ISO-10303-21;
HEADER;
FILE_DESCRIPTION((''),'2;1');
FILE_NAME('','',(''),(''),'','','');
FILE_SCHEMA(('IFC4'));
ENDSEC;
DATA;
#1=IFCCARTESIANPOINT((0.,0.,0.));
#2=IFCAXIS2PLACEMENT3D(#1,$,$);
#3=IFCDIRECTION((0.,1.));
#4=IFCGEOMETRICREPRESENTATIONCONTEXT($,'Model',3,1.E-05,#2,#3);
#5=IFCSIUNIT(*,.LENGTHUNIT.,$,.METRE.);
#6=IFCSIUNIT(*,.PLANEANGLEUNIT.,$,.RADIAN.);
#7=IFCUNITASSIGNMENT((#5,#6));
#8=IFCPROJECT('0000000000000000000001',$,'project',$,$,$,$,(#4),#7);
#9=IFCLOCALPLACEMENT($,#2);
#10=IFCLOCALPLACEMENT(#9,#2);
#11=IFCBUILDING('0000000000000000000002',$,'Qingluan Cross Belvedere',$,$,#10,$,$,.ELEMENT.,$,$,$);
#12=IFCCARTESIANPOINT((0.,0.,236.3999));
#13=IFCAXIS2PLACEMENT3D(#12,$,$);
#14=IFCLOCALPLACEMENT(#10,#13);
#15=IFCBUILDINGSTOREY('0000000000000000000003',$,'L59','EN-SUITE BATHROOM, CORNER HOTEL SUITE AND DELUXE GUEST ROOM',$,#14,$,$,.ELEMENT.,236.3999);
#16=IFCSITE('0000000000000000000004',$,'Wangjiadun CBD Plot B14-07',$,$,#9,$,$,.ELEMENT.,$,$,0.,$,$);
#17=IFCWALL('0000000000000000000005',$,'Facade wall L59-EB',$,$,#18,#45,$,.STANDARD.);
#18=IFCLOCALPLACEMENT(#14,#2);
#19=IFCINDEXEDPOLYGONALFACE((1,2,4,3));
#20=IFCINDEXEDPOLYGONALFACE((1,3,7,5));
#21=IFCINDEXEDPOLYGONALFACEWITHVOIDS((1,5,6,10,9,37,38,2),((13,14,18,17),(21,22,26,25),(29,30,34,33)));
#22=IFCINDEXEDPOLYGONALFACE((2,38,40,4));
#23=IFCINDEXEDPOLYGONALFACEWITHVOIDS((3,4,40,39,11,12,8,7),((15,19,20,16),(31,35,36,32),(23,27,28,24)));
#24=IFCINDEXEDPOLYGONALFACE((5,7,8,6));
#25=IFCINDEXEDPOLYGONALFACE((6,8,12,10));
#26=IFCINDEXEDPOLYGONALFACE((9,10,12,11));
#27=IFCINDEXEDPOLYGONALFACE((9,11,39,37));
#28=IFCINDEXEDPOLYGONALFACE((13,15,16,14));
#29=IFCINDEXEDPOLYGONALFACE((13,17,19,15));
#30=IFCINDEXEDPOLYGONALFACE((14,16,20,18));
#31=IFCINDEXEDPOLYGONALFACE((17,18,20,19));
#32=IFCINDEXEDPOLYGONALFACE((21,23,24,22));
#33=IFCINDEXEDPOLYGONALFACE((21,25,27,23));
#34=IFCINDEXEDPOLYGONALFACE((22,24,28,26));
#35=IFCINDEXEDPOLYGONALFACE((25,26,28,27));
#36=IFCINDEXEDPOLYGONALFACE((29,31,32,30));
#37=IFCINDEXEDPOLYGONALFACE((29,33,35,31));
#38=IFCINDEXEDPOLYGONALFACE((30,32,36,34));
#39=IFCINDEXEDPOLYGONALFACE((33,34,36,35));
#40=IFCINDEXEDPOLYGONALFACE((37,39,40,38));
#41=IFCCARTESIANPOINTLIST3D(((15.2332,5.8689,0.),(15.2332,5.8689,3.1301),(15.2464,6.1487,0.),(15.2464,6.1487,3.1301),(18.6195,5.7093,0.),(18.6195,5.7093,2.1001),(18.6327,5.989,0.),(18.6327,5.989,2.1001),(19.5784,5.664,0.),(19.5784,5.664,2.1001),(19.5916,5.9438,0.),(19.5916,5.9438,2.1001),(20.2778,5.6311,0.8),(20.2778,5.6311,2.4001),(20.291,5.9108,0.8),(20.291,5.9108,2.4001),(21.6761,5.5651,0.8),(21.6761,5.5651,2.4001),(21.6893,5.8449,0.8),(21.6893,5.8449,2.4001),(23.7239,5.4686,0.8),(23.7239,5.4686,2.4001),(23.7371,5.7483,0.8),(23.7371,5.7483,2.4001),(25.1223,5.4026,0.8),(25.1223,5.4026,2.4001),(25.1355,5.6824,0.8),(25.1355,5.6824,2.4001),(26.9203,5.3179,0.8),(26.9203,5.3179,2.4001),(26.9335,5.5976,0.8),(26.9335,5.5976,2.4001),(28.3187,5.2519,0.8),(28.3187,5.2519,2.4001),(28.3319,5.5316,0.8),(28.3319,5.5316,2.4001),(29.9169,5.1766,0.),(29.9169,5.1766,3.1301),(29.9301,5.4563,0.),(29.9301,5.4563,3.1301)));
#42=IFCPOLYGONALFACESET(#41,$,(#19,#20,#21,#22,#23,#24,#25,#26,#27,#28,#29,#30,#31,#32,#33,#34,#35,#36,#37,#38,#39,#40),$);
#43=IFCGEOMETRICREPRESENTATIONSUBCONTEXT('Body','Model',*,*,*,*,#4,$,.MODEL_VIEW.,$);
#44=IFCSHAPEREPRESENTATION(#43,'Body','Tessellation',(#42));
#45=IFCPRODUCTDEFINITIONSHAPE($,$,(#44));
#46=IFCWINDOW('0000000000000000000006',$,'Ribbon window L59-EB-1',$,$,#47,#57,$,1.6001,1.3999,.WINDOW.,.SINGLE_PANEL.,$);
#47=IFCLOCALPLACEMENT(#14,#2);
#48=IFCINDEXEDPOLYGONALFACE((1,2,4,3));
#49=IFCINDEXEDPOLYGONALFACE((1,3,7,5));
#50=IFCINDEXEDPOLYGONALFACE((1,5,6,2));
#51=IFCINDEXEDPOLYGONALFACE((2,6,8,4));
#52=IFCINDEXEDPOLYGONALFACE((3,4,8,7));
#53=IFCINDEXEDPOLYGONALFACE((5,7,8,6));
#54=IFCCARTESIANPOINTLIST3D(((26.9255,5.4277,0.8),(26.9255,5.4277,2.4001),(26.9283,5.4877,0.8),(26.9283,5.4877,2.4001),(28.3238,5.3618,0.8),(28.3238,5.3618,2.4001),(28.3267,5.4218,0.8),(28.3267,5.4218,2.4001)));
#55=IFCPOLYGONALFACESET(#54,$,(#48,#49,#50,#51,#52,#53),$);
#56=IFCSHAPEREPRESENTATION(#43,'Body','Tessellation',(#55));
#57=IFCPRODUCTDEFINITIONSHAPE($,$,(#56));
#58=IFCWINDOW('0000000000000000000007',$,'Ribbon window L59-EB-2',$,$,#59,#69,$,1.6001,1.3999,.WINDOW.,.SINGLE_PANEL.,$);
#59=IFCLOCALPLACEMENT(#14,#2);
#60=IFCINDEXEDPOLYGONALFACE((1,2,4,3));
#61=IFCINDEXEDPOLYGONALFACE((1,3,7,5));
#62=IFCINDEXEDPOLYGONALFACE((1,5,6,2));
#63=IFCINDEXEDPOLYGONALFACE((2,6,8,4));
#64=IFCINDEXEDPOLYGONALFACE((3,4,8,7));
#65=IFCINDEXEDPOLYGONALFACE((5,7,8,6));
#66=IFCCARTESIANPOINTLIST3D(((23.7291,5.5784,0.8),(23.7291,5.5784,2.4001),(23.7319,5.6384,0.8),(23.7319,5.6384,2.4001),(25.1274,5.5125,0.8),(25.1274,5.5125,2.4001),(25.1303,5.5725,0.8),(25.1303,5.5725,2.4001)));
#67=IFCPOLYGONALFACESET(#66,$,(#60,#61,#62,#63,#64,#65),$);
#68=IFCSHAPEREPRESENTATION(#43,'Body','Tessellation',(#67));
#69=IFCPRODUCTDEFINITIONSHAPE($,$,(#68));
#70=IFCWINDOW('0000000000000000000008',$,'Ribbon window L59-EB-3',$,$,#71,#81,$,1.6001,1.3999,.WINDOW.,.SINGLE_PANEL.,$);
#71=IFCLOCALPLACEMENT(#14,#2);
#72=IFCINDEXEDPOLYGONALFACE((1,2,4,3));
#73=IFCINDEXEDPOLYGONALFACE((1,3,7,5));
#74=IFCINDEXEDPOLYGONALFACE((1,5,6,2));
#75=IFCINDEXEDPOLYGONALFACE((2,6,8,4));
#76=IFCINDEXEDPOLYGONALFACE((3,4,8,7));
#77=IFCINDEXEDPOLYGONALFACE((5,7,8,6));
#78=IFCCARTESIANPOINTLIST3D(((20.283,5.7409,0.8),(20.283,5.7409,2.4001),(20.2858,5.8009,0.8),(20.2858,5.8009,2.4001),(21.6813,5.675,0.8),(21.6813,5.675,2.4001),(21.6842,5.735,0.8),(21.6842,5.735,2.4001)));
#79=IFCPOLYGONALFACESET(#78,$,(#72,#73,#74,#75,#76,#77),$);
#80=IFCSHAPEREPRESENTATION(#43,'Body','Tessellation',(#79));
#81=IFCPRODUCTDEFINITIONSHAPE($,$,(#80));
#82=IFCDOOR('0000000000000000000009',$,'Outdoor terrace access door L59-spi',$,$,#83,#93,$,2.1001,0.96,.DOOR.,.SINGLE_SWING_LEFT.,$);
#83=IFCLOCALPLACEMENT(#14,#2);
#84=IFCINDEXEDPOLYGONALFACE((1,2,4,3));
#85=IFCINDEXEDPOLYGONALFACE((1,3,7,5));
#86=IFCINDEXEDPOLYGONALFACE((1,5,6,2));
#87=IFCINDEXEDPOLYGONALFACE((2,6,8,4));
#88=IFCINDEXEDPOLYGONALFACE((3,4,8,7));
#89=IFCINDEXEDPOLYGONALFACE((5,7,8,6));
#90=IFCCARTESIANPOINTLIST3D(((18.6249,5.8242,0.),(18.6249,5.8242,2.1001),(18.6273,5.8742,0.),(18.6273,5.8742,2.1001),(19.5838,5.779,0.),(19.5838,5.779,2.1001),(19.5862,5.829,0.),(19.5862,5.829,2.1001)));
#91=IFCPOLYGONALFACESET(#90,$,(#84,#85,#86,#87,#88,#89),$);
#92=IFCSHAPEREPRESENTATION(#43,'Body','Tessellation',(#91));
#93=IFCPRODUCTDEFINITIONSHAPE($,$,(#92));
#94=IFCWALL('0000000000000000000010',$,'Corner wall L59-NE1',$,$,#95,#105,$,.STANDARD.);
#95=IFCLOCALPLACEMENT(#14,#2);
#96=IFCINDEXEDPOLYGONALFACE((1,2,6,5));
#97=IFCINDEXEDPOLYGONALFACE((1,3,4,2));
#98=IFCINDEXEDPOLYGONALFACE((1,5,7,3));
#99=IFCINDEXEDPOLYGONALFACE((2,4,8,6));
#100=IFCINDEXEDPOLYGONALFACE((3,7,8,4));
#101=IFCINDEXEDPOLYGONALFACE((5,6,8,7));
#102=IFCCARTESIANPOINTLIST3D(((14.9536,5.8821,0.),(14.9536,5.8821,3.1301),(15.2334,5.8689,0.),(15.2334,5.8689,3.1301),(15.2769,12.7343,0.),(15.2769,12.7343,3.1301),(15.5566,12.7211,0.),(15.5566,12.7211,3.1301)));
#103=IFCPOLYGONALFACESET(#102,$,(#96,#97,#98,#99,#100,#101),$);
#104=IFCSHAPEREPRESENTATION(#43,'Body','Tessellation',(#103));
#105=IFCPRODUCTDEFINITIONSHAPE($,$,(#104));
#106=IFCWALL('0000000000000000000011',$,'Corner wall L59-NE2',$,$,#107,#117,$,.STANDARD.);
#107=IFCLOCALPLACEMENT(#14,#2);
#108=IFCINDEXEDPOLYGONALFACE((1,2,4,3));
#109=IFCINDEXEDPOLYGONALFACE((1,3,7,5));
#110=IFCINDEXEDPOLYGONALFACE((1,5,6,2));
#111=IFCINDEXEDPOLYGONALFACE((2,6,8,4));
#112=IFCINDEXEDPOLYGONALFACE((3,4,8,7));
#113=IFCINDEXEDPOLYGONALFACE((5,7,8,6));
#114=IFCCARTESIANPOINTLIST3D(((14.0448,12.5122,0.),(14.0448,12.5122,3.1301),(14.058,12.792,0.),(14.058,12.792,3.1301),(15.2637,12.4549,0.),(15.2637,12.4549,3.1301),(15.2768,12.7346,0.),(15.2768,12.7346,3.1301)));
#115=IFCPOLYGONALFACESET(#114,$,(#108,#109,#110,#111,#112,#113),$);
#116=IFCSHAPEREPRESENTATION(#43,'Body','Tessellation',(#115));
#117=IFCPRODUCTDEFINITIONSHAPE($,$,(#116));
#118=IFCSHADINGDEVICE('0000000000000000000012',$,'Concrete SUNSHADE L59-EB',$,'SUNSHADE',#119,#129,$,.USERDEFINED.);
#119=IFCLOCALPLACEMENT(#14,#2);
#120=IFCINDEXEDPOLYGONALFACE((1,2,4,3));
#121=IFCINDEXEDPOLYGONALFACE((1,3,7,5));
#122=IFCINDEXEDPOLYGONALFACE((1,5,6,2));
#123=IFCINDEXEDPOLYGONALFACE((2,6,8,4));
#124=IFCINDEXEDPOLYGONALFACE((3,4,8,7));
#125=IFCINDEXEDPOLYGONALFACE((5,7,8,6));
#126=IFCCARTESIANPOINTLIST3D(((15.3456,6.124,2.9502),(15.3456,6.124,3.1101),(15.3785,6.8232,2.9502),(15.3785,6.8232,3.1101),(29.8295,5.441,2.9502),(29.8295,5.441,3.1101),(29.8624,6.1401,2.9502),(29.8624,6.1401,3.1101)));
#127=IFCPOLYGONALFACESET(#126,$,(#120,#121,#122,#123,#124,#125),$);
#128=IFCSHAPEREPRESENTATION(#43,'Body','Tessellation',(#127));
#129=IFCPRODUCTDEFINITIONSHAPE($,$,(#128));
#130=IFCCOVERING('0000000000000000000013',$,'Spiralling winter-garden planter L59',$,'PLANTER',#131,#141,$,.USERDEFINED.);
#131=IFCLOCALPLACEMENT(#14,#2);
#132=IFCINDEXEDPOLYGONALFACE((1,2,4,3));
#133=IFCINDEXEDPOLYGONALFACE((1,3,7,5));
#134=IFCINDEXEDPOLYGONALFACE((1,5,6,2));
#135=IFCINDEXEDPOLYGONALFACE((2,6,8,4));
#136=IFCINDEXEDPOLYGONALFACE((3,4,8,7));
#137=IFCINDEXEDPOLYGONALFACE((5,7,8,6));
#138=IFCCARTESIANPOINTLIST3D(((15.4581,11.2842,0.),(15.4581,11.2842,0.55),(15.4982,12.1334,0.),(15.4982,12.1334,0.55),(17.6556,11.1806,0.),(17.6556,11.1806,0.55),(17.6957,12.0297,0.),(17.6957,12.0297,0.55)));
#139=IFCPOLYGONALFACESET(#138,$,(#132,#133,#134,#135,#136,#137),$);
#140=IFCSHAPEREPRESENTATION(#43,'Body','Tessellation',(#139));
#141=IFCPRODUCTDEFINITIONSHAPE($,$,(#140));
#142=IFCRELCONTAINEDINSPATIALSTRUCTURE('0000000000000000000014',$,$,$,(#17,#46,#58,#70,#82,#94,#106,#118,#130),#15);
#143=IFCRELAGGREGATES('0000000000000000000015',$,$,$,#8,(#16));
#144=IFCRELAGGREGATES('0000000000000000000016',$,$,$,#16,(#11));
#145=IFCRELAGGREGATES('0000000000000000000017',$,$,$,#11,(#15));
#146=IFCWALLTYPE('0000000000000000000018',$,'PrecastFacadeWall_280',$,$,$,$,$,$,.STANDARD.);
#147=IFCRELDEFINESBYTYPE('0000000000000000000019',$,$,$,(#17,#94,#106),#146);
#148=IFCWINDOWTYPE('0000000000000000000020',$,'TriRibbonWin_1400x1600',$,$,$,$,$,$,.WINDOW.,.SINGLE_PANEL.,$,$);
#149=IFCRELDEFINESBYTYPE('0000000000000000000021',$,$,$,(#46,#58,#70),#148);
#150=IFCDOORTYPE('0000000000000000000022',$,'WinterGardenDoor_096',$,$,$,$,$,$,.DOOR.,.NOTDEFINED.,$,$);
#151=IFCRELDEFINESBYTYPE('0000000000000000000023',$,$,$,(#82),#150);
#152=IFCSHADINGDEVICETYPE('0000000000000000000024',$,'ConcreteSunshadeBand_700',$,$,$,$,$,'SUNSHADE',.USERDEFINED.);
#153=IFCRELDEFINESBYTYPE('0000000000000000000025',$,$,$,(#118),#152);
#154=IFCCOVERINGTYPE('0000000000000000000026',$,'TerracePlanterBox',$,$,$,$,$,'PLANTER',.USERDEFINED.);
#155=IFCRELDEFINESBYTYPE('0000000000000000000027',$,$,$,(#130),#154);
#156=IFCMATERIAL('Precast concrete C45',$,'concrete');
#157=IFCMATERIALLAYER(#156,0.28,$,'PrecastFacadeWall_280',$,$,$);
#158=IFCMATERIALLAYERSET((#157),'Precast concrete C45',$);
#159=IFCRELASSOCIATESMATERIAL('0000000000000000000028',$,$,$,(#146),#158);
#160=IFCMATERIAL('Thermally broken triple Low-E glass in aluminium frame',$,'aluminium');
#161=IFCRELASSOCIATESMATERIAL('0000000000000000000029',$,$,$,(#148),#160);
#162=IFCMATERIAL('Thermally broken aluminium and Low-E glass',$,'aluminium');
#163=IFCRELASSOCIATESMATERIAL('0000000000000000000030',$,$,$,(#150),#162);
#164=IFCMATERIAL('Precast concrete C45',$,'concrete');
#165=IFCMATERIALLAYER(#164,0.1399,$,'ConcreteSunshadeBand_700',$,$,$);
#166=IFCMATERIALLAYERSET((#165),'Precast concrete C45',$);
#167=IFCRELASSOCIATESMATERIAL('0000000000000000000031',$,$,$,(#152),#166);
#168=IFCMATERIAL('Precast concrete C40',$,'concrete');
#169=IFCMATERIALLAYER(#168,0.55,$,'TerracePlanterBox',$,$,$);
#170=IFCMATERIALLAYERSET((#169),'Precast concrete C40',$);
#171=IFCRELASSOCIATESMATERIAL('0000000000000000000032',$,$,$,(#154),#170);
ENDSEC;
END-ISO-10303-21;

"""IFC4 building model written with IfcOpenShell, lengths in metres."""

from ifc_helpers import new_model, si_unit, direction, frame, frame_2d, origin, origin_2d, place, context, subcontext, project, spatial, rectangle, extrude, material, layer, layer_set, type_object, element, fill, save


model = new_model("IFC4")

# Units and contexts
model_context = context("Model", 3, precision=1e-05, world=origin(), true_north=direction((0.0, 1.0)))
body_context = subcontext(model_context, "Body", "Model", "MODEL_VIEW")
ifc_project = project(units=[si_unit("LENGTHUNIT", "METRE"), si_unit("PLANEANGLEUNIT", "RADIAN")], contexts=[model_context])

# Site, building, storey
site_placement = place(None, origin())
site = spatial("IfcSite", under=ifc_project, at=site_placement, Name="Wangjiadun CBD Plot B14-07", CompositionType="ELEMENT", RefElevation=0.0)
building_placement = place(site_placement, origin())
building = spatial("IfcBuilding", under=site, at=building_placement, Name="Qingluan Cross Belvedere", CompositionType="ELEMENT")
storey_placement = place(building_placement, frame((0.0, 0.0, 236.3999)))
storey = spatial("IfcBuildingStorey", under=building, at=storey_placement, Name="L59", Description="EN-SUITE BATHROOM, CORNER HOTEL SUITE AND DELUXE GUEST ROOM", CompositionType="ELEMENT", Elevation=236.3999)

# Wall, openings, windows, door
ifc_material_1 = material(Name="Precast concrete C45", Category="concrete")
ifc_layer_1 = layer(ifc_material_1, 0.28, Name="PrecastFacadeWall_280")
ifc_layer_set_1 = layer_set([ifc_layer_1], Name="Precast concrete C45")
wall_type_1 = type_object("IfcWallType", Name="PrecastFacadeWall_280", PredefinedType="STANDARD", material=ifc_layer_set_1)
wall_1_placement = place(storey_placement, frame((29.9236, 5.3164, 0.0), z_axis=(0.0, 0.0, 1.0), x_axis=(-0.99889, 0.047101, 0.0)))
wall_1 = element("IfcWall", 1, at=wall_1_placement, inside=storey, type_object=wall_type_1, Name="Facade wall L59-EB", PredefinedType="STANDARD", context=body_context, shape_type="SweptSolid", body=[
    extrude(rectangle(XDim=14.7, YDim=0.28, at=frame_2d((7.3501, 0.0))), origin(), (0.0, 0.0, 1.0), 3.1301),
])
opening_1_placement = place(wall_1_placement, frame((1.6001, 0.0, 0.8)))
opening_1 = element("IfcOpeningElement", 2, at=opening_1_placement, cuts=wall_1, PredefinedType="OPENING", context=body_context, shape_type="SweptSolid", body=[
    extrude(rectangle(XDim=1.3999, YDim=1.6001, at=frame_2d((0.7, 0.8))), frame((0.0, 0.1499, 0.0), z_axis=(0.0, -1.0, 0.0), x_axis=(1.0, 0.0, 0.0)), (0.0, 0.0, 1.0), 0.3),
])
opening_2_placement = place(wall_1_placement, frame((4.8, 0.0, 0.8)))
opening_2 = element("IfcOpeningElement", 3, at=opening_2_placement, cuts=wall_1, PredefinedType="OPENING", context=body_context, shape_type="SweptSolid", body=[
    extrude(rectangle(XDim=1.3999, YDim=1.6001, at=frame_2d((0.7, 0.8))), frame((0.0, 0.1499, 0.0), z_axis=(0.0, -1.0, 0.0), x_axis=(1.0, 0.0, 0.0)), (0.0, 0.0, 1.0), 0.3),
])
opening_3_placement = place(wall_1_placement, frame((8.25, 0.0, 0.8)))
opening_3 = element("IfcOpeningElement", 4, at=opening_3_placement, cuts=wall_1, PredefinedType="OPENING", context=body_context, shape_type="SweptSolid", body=[
    extrude(rectangle(XDim=1.3999, YDim=1.6001, at=frame_2d((0.7, 0.8))), frame((0.0, 0.1499, 0.0), z_axis=(0.0, -1.0, 0.0), x_axis=(1.0, 0.0, 0.0)), (0.0, 0.0, 1.0), 0.3),
])
opening_4_placement = place(wall_1_placement, frame((10.3501, 0.0, 0.0)))
opening_4 = element("IfcOpeningElement", 5, at=opening_4_placement, cuts=wall_1, PredefinedType="OPENING", context=body_context, shape_type="SweptSolid", body=[
    extrude(rectangle(XDim=0.96, YDim=2.1001, at=frame_2d((0.48, 1.05))), frame((0.0, 0.1499, 0.0), z_axis=(0.0, -1.0, 0.0), x_axis=(1.0, 0.0, 0.0)), (0.0, 0.0, 1.0), 0.3),
])
ifc_material_2 = material(Name="Thermally broken triple Low-E glass in aluminium frame", Category="aluminium")
window_type = type_object("IfcWindowType", Name="TriRibbonWin_1400x1600", PartitioningType="SINGLE_PANEL", PredefinedType="WINDOW", material=ifc_material_2)
window_1_placement = place(opening_1_placement, origin())
window_1 = element("IfcWindow", 6, at=window_1_placement, inside=storey, type_object=window_type, Name="Ribbon window L59-EB-1", OverallHeight=1.6001, OverallWidth=1.3999, PartitioningType="SINGLE_PANEL", PredefinedType="WINDOW", context=body_context, shape_type="SweptSolid", body=[
    extrude(rectangle(XDim=1.3999, YDim=1.6001, at=frame_2d((0.7, 0.8))), frame((0.0, 0.03, 0.0), z_axis=(0.0, -1.0, 0.0), x_axis=(1.0, 0.0, 0.0)), (0.0, 0.0, 1.0), 0.0601),
])
fill(opening_1, window_1)
window_2_placement = place(opening_2_placement, origin())
window_2 = element("IfcWindow", 7, at=window_2_placement, inside=storey, type_object=window_type, Name="Ribbon window L59-EB-2", OverallHeight=1.6001, OverallWidth=1.3999, PartitioningType="SINGLE_PANEL", PredefinedType="WINDOW", context=body_context, shape_type="SweptSolid", body=[
    extrude(rectangle(XDim=1.3999, YDim=1.6001, at=frame_2d((0.7, 0.8))), frame((0.0, 0.03, 0.0), z_axis=(0.0, -1.0, 0.0), x_axis=(1.0, 0.0, 0.0)), (0.0, 0.0, 1.0), 0.0601),
])
fill(opening_2, window_2)
window_3_placement = place(opening_3_placement, origin())
window_3 = element("IfcWindow", 8, at=window_3_placement, inside=storey, type_object=window_type, Name="Ribbon window L59-EB-3", OverallHeight=1.6001, OverallWidth=1.3999, PartitioningType="SINGLE_PANEL", PredefinedType="WINDOW", context=body_context, shape_type="SweptSolid", body=[
    extrude(rectangle(XDim=1.3999, YDim=1.6001, at=frame_2d((0.7, 0.8))), frame((0.0, 0.03, 0.0), z_axis=(0.0, -1.0, 0.0), x_axis=(1.0, 0.0, 0.0)), (0.0, 0.0, 1.0), 0.0601),
])
fill(opening_3, window_3)
ifc_material_3 = material(Name="Thermally broken aluminium and Low-E glass", Category="aluminium")
door_type_1 = type_object("IfcDoorType", Name="WinterGardenDoor_096", OperationType="NOTDEFINED", PredefinedType="DOOR", material=ifc_material_3)
door_1_placement = place(opening_4_placement, origin())
door_1 = element("IfcDoor", 9, at=door_1_placement, inside=storey, type_object=door_type_1, Name="Outdoor terrace access door L59-spi", OperationType="SINGLE_SWING_LEFT", OverallHeight=2.1001, OverallWidth=0.96, PredefinedType="DOOR", context=body_context, shape_type="SweptSolid", body=[
    extrude(rectangle(XDim=0.96, YDim=2.1001, at=frame_2d((0.48, 1.05))), frame((0.0, 0.0249, 0.0), z_axis=(0.0, -1.0, 0.0), x_axis=(1.0, 0.0, 0.0)), (0.0, 0.0, 1.0), 0.05),
])
fill(opening_4, door_1)

# Walls
wall_2_placement = place(storey_placement, frame((15.0935, 5.8755, 0.0), z_axis=(0.0, 0.0, 1.0), x_axis=(0.04712, 0.998889, 0.0)))
element("IfcWall", 10, at=wall_2_placement, inside=storey, type_object=wall_type_1, Name="Corner wall L59-NE1", PredefinedType="STANDARD", context=body_context, shape_type="SweptSolid", body=[
    extrude(rectangle(XDim=6.8599, YDim=0.28, at=frame_2d((3.4299, 0.0))), origin(), (0.0, 0.0, 1.0), 3.1301),
])
wall_3_placement = place(storey_placement, frame((15.2703, 12.5947, 0.0), z_axis=(0.0, 0.0, 1.0), x_axis=(-0.998894, 0.047023, 0.0)))
element("IfcWall", 11, at=wall_3_placement, inside=storey, type_object=wall_type_1, Name="Corner wall L59-NE2", PredefinedType="STANDARD", context=body_context, shape_type="SweptSolid", body=[
    extrude(rectangle(XDim=1.2202, YDim=0.28, at=frame_2d((0.6101, 0.0))), origin(), (0.0, 0.0, 1.0), 3.1301),
])

# Shading device
ifc_material_4 = material(Name="Precast concrete C45", Category="concrete")
ifc_layer_2 = layer(ifc_material_4, 0.1399, Name="ConcreteSunshadeBand_700")
ifc_layer_set_2 = layer_set([ifc_layer_2], Name="Precast concrete C45")
shading_device_type = type_object("IfcShadingDeviceType", Name="ConcreteSunshadeBand_700", ElementType="SUNSHADE", PredefinedType="USERDEFINED", material=ifc_layer_set_2)
shading_device_placement = place(storey_placement, frame((22.604, 6.1321, 2.9502), z_axis=(0.0, 0.0, 1.0), x_axis=(-0.99889, 0.047109, 0.0)))
element("IfcShadingDevice", 12, at=shading_device_placement, inside=storey, type_object=shading_device_type, Name="Concrete SUNSHADE L59-EB", ObjectType="SUNSHADE", PredefinedType="USERDEFINED", context=body_context, shape_type="SweptSolid", body=[
    extrude(rectangle(XDim=14.5, YDim=0.7, at=origin_2d()), origin(), (0.0, 0.0, 1.0), 0.1599),
])

# Covering
ifc_material_5 = material(Name="Precast concrete C40", Category="concrete")
ifc_layer_3 = layer(ifc_material_5, 0.55, Name="TerracePlanterBox")
ifc_layer_set_3 = layer_set([ifc_layer_3], Name="Precast concrete C40")
covering_type = type_object("IfcCoveringType", Name="TerracePlanterBox", ElementType="PLANTER", PredefinedType="USERDEFINED", material=ifc_layer_set_3)
covering_placement = place(storey_placement, frame((16.5769, 11.657, 0.0), z_axis=(0.0, 0.0, 1.0), x_axis=(0.99889, -0.047106, 0.0)))
element("IfcCovering", 13, at=covering_placement, inside=storey, type_object=covering_type, Name="Spiralling winter-garden planter L59", ObjectType="PLANTER", PredefinedType="USERDEFINED", context=body_context, shape_type="SweptSolid", body=[
    extrude(rectangle(XDim=2.2, YDim=0.8501, at=origin_2d()), origin(), (0.0, 0.0, 1.0), 0.55),
])

save(model, "model.ifc")
